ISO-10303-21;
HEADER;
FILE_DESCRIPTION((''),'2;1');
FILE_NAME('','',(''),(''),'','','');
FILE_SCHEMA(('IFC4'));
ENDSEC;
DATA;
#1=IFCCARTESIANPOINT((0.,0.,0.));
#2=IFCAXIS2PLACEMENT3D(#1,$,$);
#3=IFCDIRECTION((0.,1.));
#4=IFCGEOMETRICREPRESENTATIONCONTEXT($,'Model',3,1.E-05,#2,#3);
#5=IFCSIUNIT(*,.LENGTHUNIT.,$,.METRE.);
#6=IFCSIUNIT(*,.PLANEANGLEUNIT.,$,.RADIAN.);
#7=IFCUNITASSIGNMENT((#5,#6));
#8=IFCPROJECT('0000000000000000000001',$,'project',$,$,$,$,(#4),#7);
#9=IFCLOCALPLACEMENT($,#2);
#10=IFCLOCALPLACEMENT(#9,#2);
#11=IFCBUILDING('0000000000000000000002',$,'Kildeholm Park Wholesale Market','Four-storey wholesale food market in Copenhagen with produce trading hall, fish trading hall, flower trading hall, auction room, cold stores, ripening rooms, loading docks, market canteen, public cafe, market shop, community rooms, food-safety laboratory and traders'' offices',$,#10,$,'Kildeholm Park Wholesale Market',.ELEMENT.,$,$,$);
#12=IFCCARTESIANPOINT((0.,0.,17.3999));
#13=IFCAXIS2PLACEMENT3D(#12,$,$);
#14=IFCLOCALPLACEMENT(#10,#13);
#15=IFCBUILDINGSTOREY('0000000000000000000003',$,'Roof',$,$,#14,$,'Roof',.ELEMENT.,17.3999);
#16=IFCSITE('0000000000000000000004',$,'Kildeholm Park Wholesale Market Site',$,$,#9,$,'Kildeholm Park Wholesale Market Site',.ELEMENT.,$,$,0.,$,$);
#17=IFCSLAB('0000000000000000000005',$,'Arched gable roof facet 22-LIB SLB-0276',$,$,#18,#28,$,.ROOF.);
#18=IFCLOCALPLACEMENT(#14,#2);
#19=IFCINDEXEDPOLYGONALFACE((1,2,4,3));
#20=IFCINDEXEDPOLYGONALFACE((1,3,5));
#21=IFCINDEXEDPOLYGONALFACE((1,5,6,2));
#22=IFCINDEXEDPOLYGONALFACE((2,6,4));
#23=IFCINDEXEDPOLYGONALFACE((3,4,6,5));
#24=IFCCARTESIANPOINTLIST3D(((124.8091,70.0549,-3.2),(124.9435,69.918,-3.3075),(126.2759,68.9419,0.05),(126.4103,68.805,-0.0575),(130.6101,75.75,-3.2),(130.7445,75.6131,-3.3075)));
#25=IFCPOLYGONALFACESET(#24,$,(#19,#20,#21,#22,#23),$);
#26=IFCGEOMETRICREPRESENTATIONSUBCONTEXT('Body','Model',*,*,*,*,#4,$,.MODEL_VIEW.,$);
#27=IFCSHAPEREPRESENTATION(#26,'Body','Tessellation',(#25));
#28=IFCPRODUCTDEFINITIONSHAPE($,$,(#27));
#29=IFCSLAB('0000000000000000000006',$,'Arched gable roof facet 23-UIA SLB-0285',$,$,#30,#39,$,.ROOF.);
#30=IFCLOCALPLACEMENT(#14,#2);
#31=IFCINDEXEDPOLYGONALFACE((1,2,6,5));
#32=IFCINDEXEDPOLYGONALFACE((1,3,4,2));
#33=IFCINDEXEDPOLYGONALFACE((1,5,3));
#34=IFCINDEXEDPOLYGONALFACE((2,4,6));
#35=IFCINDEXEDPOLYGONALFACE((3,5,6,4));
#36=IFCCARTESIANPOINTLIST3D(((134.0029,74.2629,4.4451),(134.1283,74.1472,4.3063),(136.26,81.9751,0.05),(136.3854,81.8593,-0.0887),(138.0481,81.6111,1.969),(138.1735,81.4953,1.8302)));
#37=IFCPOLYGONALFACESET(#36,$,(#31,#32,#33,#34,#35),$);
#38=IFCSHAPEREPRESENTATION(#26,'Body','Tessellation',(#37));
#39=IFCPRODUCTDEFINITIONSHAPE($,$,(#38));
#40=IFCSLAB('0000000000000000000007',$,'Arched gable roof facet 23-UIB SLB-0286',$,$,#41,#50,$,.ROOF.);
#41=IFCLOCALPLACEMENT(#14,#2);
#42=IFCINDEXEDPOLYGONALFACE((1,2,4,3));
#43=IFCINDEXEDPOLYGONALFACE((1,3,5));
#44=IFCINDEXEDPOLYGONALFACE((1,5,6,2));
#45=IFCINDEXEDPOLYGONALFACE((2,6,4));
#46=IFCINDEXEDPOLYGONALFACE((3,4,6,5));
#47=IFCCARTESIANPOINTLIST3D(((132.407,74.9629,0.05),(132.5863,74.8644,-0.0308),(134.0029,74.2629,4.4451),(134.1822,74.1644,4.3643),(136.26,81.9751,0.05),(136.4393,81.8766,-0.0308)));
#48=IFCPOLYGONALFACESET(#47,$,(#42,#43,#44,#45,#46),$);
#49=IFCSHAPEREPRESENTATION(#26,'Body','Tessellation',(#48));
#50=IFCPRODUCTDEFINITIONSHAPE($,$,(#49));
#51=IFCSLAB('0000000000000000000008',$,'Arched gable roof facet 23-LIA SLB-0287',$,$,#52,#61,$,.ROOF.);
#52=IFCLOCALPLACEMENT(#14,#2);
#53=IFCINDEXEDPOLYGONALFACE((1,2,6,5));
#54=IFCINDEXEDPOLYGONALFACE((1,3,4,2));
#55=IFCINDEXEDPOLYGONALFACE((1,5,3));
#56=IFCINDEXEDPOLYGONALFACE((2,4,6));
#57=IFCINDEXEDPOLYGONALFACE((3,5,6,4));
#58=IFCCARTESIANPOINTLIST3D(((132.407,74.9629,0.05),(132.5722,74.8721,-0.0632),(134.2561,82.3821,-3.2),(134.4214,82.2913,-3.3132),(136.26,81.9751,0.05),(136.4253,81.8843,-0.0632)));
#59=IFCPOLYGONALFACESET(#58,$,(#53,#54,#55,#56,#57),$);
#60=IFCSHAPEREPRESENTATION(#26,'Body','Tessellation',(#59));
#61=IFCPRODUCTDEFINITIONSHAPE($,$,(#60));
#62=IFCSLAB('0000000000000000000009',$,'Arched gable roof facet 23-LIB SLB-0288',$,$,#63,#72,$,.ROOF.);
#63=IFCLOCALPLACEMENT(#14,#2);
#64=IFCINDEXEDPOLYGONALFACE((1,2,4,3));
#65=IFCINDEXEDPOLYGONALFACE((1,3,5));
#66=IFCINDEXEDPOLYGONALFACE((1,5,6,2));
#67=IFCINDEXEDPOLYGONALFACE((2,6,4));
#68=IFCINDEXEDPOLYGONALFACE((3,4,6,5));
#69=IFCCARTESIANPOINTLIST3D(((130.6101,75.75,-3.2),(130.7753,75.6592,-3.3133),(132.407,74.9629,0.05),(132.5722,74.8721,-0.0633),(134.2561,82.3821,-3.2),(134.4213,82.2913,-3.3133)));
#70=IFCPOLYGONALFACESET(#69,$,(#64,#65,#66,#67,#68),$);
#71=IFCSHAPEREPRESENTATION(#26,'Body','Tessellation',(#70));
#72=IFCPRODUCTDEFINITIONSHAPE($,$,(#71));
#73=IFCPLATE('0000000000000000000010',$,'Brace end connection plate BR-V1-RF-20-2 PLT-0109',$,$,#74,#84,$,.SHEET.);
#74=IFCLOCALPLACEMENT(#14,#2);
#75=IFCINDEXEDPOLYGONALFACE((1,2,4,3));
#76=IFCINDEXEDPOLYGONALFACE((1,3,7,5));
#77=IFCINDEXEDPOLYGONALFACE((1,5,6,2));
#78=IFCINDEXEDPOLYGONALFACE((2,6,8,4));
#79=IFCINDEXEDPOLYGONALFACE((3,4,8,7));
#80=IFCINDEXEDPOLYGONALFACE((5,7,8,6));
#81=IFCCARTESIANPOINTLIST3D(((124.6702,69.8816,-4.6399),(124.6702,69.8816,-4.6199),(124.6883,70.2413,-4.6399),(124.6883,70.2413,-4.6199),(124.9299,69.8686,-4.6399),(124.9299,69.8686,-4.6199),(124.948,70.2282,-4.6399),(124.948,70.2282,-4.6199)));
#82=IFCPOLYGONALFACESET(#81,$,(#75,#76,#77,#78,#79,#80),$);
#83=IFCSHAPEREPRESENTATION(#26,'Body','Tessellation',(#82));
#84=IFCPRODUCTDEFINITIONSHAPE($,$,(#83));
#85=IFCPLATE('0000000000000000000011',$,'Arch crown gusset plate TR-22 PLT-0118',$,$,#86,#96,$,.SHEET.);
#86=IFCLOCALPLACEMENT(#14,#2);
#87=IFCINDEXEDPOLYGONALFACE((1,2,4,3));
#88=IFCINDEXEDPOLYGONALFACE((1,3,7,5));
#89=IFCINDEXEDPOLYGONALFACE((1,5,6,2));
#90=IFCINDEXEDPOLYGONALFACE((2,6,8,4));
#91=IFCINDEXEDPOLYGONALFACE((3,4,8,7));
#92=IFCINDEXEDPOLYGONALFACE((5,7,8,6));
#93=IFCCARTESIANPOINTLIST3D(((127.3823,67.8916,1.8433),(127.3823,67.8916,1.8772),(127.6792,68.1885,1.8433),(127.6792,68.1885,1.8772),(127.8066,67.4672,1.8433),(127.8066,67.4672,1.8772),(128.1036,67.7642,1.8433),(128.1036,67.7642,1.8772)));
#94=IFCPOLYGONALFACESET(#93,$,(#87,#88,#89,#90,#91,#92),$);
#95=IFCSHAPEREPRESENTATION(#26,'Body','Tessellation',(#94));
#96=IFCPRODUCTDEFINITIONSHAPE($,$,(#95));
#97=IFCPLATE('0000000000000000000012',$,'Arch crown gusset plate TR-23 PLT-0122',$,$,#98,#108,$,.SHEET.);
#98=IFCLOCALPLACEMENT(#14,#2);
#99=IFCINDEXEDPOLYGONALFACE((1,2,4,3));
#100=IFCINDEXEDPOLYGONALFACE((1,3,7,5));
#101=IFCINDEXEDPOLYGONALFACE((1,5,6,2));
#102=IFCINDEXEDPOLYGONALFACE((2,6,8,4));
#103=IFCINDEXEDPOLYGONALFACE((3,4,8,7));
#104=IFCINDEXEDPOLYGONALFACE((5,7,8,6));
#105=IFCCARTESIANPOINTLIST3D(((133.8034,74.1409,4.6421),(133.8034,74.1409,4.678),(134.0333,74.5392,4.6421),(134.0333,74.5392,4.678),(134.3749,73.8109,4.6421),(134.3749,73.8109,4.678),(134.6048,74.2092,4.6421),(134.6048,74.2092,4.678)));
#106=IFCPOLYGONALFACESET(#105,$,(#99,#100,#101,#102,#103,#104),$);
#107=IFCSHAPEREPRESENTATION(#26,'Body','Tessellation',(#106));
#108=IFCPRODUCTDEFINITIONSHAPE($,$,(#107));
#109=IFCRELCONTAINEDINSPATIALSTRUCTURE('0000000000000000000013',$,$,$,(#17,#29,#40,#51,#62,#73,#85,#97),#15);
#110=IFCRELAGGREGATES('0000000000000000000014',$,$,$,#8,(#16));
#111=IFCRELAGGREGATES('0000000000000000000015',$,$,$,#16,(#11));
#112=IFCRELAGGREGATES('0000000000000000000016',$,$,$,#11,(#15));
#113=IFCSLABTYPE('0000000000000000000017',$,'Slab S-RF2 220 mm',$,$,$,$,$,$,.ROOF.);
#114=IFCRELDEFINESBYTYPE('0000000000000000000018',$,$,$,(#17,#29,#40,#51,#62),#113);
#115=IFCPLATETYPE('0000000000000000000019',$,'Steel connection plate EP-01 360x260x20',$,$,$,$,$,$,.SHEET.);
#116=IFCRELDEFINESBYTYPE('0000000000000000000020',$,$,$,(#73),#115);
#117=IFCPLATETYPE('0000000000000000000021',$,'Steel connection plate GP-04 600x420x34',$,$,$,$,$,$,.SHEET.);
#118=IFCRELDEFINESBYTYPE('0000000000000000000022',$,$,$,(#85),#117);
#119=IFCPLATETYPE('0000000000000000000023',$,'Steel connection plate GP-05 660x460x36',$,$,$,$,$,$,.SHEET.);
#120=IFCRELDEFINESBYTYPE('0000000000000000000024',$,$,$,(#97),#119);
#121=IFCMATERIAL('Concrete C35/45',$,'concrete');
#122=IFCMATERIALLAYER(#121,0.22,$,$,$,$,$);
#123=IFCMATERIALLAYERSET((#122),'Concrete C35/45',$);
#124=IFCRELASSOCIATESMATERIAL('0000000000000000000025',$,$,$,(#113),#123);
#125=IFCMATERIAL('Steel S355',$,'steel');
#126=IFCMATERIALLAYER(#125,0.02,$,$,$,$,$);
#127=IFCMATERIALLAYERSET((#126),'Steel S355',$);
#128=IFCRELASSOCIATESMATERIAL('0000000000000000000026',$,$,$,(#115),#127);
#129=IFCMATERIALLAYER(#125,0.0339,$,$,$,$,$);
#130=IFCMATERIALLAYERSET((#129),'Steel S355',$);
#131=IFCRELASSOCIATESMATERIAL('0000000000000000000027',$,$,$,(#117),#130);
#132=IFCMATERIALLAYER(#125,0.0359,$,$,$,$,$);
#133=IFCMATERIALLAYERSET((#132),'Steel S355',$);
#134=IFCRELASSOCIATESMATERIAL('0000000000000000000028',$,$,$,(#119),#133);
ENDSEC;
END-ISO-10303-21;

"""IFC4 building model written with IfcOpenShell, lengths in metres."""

from ifc_helpers import new_model, si_unit, direction, frame, origin, origin_2d, place, context, subcontext, project, spatial, polyline, rectangle, outline, extrude, material, layer, layer_set, type_object, element, save


model = new_model("IFC4")

# Units and contexts
model_context = context("Model", 3, precision=1e-05, world=origin(), true_north=direction((0.0, 1.0)))
body_context = subcontext(model_context, "Body", "Model", "MODEL_VIEW")
ifc_project = project(units=[si_unit("LENGTHUNIT", "METRE"), si_unit("PLANEANGLEUNIT", "RADIAN")], contexts=[model_context])

# Site, building, storey
site_placement = place(None, origin())
site = spatial("IfcSite", under=ifc_project, at=site_placement, Name="Kildeholm Park Wholesale Market Site", LongName="Kildeholm Park Wholesale Market Site", CompositionType="ELEMENT", RefElevation=0.0)
building_placement = place(site_placement, origin())
building = spatial("IfcBuilding", under=site, at=building_placement, Name="Kildeholm Park Wholesale Market", Description="Four-storey wholesale food market in Copenhagen with produce trading hall, fish trading hall, flower trading hall, auction room, cold stores, ripening rooms, loading docks, market canteen, public cafe, market shop, community rooms, food-safety laboratory and traders' offices", LongName="Kildeholm Park Wholesale Market", CompositionType="ELEMENT")
storey_placement = place(building_placement, frame((0.0, 0.0, 17.3999)))
storey = spatial("IfcBuildingStorey", under=building, at=storey_placement, Name="Roof", LongName="Roof", CompositionType="ELEMENT", Elevation=17.3999)

# Shared definitions
ifc_material_1 = material(Name="Steel S355", Category="steel")

# Slabs
ifc_material_2 = material(Name="Concrete C35/45", Category="concrete")
ifc_layer_1 = layer(ifc_material_2, 0.22)
ifc_layer_set_1 = layer_set([ifc_layer_1], Name="Concrete C35/45")
slab_type = type_object("IfcSlabType", Name="Slab S-RF2 220 mm", PredefinedType="ROOF", material=ifc_layer_set_1)
slab_1_placement = place(storey_placement, frame((126.2759, 68.9419, 0.05), z_axis=(-0.611095, 0.622465, 0.488978), x_axis=(0.49816, 0.782498, -0.373543)))
element("IfcSlab", 1, at=slab_1_placement, inside=storey, type_object=slab_type, Name="Arched gable roof facet 22-LIB SLB-0276", PredefinedType="ROOF", context=body_context, shape_type="SweptSolid", body=[
    extrude(outline(polyline([(0.0, 0.0), (8.7005, 0.0), (1.3543, 3.4812), (0.0, 0.0)])), origin(), (0.0, 0.0, -1.0), 0.22),
])
slab_2_placement = place(storey_placement, frame((134.0029, 74.2629, 4.4451), z_axis=(-0.569958, 0.526368, 0.63094), x_axis=(0.462525, 0.840188, -0.283115)))
element("IfcSlab", 2, at=slab_2_placement, inside=storey, type_object=slab_type, Name="Arched gable roof facet 23-UIA SLB-0285", PredefinedType="ROOF", context=body_context, shape_type="SweptSolid", body=[
    extrude(outline(polyline([(0.0, 0.0), (8.7458, 0.0), (8.7679, 2.6479), (0.0, 0.0)])), origin(), (0.0, 0.0, -1.0), 0.22),
])
slab_3_placement = place(storey_placement, frame((134.0029, 74.2629, 4.4451), z_axis=(-0.815141, 0.447899, 0.367331), x_axis=(0.246432, 0.842027, -0.479856)))
element("IfcSlab", 3, at=slab_3_placement, inside=storey, type_object=slab_type, Name="Arched gable roof facet 23-UIB SLB-0286", PredefinedType="ROOF", context=body_context, shape_type="SweptSolid", body=[
    extrude(outline(polyline([(0.0, 0.0), (9.159, 0.0), (2.3051, 4.1279), (0.0, 0.0)])), origin(), (0.0, 0.0, -1.0), 0.22),
])
slab_4_placement = place(storey_placement, frame((132.407, 74.9629, 0.05), z_axis=(-0.751288, 0.412813, 0.514929), x_axis=(0.481565, 0.87641, 0.0)))
element("IfcSlab", 4, at=slab_4_placement, inside=storey, type_object=slab_type, Name="Arched gable roof facet 23-LIA SLB-0287", PredefinedType="ROOF", context=body_context, shape_type="SweptSolid", body=[
    extrude(outline(polyline([(0.0, 0.0), (8.0011, 0.0), (7.3927, 3.7913), (0.0, 0.0)])), origin(), (0.0, 0.0, -1.0), 0.22),
])
slab_5_placement = place(storey_placement, frame((132.407, 74.9629, 0.05), z_axis=(-0.751039, 0.412885, 0.515234), x_axis=(0.222566, 0.892996, -0.39118)))
element("IfcSlab", 5, at=slab_5_placement, inside=storey, type_object=slab_type, Name="Arched gable roof facet 23-LIB SLB-0288", PredefinedType="ROOF", context=body_context, shape_type="SweptSolid", body=[
    extrude(outline(polyline([(0.0, 0.0), (8.3082, 0.0), (1.5743, 3.4543), (0.0, 0.0)])), origin(), (0.0, 0.0, -1.0), 0.22),
])

# Plates
ifc_layer_2 = layer(ifc_material_1, 0.02)
ifc_layer_set_2 = layer_set([ifc_layer_2], Name="Steel S355")
plate_type_1 = type_object("IfcPlateType", Name="Steel connection plate EP-01 360x260x20", PredefinedType="SHEET", material=ifc_layer_set_2)
plate_1_placement = place(storey_placement, frame((124.8091, 70.0549, -4.6399), z_axis=(0.0, 0.0, 1.0), x_axis=(0.050244, 0.998737, 0.0)))
element("IfcPlate", 6, at=plate_1_placement, inside=storey, type_object=plate_type_1, Name="Brace end connection plate BR-V1-RF-20-2 PLT-0109", PredefinedType="SHEET", context=body_context, shape_type="SweptSolid", body=[
    extrude(rectangle(XDim=0.3601, YDim=0.26, at=origin_2d()), origin(), (0.0, 0.0, 1.0), 0.02),
])
ifc_layer_3 = layer(ifc_material_1, 0.0339)
ifc_layer_set_3 = layer_set([ifc_layer_3], Name="Steel S355")
plate_type_2 = type_object("IfcPlateType", Name="Steel connection plate GP-04 600x420x34", PredefinedType="SHEET", material=ifc_layer_set_3)
plate_2_placement = place(storey_placement, frame((127.7429, 67.8279, 1.8433), z_axis=(0.0, 0.0, 1.0), x_axis=(0.707107, -0.707107, 0.0)))
element("IfcPlate", 7, at=plate_2_placement, inside=storey, type_object=plate_type_2, Name="Arch crown gusset plate TR-22 PLT-0118", PredefinedType="SHEET", context=body_context, shape_type="SweptSolid", body=[
    extrude(rectangle(XDim=0.6001, YDim=0.4199, at=origin_2d()), origin(), (0.0, 0.0, 1.0), 0.0339),
])
ifc_layer_4 = layer(ifc_material_1, 0.0359)
ifc_layer_set_4 = layer_set([ifc_layer_4], Name="Steel S355")
plate_type_3 = type_object("IfcPlateType", Name="Steel connection plate GP-05 660x460x36", PredefinedType="SHEET", material=ifc_layer_set_4)
plate_3_placement = place(storey_placement, frame((134.2041, 74.175, 4.6421), z_axis=(0.0, 0.0, 1.0), x_axis=(0.866025, -0.5, 0.0)))
element("IfcPlate", 8, at=plate_3_placement, inside=storey, type_object=plate_type_3, Name="Arch crown gusset plate TR-23 PLT-0122", PredefinedType="SHEET", context=body_context, shape_type="SweptSolid", body=[
    extrude(rectangle(XDim=0.6599, YDim=0.46, at=origin_2d()), origin(), (0.0, 0.0, 1.0), 0.0359),
])

save(model, "model.ifc")
